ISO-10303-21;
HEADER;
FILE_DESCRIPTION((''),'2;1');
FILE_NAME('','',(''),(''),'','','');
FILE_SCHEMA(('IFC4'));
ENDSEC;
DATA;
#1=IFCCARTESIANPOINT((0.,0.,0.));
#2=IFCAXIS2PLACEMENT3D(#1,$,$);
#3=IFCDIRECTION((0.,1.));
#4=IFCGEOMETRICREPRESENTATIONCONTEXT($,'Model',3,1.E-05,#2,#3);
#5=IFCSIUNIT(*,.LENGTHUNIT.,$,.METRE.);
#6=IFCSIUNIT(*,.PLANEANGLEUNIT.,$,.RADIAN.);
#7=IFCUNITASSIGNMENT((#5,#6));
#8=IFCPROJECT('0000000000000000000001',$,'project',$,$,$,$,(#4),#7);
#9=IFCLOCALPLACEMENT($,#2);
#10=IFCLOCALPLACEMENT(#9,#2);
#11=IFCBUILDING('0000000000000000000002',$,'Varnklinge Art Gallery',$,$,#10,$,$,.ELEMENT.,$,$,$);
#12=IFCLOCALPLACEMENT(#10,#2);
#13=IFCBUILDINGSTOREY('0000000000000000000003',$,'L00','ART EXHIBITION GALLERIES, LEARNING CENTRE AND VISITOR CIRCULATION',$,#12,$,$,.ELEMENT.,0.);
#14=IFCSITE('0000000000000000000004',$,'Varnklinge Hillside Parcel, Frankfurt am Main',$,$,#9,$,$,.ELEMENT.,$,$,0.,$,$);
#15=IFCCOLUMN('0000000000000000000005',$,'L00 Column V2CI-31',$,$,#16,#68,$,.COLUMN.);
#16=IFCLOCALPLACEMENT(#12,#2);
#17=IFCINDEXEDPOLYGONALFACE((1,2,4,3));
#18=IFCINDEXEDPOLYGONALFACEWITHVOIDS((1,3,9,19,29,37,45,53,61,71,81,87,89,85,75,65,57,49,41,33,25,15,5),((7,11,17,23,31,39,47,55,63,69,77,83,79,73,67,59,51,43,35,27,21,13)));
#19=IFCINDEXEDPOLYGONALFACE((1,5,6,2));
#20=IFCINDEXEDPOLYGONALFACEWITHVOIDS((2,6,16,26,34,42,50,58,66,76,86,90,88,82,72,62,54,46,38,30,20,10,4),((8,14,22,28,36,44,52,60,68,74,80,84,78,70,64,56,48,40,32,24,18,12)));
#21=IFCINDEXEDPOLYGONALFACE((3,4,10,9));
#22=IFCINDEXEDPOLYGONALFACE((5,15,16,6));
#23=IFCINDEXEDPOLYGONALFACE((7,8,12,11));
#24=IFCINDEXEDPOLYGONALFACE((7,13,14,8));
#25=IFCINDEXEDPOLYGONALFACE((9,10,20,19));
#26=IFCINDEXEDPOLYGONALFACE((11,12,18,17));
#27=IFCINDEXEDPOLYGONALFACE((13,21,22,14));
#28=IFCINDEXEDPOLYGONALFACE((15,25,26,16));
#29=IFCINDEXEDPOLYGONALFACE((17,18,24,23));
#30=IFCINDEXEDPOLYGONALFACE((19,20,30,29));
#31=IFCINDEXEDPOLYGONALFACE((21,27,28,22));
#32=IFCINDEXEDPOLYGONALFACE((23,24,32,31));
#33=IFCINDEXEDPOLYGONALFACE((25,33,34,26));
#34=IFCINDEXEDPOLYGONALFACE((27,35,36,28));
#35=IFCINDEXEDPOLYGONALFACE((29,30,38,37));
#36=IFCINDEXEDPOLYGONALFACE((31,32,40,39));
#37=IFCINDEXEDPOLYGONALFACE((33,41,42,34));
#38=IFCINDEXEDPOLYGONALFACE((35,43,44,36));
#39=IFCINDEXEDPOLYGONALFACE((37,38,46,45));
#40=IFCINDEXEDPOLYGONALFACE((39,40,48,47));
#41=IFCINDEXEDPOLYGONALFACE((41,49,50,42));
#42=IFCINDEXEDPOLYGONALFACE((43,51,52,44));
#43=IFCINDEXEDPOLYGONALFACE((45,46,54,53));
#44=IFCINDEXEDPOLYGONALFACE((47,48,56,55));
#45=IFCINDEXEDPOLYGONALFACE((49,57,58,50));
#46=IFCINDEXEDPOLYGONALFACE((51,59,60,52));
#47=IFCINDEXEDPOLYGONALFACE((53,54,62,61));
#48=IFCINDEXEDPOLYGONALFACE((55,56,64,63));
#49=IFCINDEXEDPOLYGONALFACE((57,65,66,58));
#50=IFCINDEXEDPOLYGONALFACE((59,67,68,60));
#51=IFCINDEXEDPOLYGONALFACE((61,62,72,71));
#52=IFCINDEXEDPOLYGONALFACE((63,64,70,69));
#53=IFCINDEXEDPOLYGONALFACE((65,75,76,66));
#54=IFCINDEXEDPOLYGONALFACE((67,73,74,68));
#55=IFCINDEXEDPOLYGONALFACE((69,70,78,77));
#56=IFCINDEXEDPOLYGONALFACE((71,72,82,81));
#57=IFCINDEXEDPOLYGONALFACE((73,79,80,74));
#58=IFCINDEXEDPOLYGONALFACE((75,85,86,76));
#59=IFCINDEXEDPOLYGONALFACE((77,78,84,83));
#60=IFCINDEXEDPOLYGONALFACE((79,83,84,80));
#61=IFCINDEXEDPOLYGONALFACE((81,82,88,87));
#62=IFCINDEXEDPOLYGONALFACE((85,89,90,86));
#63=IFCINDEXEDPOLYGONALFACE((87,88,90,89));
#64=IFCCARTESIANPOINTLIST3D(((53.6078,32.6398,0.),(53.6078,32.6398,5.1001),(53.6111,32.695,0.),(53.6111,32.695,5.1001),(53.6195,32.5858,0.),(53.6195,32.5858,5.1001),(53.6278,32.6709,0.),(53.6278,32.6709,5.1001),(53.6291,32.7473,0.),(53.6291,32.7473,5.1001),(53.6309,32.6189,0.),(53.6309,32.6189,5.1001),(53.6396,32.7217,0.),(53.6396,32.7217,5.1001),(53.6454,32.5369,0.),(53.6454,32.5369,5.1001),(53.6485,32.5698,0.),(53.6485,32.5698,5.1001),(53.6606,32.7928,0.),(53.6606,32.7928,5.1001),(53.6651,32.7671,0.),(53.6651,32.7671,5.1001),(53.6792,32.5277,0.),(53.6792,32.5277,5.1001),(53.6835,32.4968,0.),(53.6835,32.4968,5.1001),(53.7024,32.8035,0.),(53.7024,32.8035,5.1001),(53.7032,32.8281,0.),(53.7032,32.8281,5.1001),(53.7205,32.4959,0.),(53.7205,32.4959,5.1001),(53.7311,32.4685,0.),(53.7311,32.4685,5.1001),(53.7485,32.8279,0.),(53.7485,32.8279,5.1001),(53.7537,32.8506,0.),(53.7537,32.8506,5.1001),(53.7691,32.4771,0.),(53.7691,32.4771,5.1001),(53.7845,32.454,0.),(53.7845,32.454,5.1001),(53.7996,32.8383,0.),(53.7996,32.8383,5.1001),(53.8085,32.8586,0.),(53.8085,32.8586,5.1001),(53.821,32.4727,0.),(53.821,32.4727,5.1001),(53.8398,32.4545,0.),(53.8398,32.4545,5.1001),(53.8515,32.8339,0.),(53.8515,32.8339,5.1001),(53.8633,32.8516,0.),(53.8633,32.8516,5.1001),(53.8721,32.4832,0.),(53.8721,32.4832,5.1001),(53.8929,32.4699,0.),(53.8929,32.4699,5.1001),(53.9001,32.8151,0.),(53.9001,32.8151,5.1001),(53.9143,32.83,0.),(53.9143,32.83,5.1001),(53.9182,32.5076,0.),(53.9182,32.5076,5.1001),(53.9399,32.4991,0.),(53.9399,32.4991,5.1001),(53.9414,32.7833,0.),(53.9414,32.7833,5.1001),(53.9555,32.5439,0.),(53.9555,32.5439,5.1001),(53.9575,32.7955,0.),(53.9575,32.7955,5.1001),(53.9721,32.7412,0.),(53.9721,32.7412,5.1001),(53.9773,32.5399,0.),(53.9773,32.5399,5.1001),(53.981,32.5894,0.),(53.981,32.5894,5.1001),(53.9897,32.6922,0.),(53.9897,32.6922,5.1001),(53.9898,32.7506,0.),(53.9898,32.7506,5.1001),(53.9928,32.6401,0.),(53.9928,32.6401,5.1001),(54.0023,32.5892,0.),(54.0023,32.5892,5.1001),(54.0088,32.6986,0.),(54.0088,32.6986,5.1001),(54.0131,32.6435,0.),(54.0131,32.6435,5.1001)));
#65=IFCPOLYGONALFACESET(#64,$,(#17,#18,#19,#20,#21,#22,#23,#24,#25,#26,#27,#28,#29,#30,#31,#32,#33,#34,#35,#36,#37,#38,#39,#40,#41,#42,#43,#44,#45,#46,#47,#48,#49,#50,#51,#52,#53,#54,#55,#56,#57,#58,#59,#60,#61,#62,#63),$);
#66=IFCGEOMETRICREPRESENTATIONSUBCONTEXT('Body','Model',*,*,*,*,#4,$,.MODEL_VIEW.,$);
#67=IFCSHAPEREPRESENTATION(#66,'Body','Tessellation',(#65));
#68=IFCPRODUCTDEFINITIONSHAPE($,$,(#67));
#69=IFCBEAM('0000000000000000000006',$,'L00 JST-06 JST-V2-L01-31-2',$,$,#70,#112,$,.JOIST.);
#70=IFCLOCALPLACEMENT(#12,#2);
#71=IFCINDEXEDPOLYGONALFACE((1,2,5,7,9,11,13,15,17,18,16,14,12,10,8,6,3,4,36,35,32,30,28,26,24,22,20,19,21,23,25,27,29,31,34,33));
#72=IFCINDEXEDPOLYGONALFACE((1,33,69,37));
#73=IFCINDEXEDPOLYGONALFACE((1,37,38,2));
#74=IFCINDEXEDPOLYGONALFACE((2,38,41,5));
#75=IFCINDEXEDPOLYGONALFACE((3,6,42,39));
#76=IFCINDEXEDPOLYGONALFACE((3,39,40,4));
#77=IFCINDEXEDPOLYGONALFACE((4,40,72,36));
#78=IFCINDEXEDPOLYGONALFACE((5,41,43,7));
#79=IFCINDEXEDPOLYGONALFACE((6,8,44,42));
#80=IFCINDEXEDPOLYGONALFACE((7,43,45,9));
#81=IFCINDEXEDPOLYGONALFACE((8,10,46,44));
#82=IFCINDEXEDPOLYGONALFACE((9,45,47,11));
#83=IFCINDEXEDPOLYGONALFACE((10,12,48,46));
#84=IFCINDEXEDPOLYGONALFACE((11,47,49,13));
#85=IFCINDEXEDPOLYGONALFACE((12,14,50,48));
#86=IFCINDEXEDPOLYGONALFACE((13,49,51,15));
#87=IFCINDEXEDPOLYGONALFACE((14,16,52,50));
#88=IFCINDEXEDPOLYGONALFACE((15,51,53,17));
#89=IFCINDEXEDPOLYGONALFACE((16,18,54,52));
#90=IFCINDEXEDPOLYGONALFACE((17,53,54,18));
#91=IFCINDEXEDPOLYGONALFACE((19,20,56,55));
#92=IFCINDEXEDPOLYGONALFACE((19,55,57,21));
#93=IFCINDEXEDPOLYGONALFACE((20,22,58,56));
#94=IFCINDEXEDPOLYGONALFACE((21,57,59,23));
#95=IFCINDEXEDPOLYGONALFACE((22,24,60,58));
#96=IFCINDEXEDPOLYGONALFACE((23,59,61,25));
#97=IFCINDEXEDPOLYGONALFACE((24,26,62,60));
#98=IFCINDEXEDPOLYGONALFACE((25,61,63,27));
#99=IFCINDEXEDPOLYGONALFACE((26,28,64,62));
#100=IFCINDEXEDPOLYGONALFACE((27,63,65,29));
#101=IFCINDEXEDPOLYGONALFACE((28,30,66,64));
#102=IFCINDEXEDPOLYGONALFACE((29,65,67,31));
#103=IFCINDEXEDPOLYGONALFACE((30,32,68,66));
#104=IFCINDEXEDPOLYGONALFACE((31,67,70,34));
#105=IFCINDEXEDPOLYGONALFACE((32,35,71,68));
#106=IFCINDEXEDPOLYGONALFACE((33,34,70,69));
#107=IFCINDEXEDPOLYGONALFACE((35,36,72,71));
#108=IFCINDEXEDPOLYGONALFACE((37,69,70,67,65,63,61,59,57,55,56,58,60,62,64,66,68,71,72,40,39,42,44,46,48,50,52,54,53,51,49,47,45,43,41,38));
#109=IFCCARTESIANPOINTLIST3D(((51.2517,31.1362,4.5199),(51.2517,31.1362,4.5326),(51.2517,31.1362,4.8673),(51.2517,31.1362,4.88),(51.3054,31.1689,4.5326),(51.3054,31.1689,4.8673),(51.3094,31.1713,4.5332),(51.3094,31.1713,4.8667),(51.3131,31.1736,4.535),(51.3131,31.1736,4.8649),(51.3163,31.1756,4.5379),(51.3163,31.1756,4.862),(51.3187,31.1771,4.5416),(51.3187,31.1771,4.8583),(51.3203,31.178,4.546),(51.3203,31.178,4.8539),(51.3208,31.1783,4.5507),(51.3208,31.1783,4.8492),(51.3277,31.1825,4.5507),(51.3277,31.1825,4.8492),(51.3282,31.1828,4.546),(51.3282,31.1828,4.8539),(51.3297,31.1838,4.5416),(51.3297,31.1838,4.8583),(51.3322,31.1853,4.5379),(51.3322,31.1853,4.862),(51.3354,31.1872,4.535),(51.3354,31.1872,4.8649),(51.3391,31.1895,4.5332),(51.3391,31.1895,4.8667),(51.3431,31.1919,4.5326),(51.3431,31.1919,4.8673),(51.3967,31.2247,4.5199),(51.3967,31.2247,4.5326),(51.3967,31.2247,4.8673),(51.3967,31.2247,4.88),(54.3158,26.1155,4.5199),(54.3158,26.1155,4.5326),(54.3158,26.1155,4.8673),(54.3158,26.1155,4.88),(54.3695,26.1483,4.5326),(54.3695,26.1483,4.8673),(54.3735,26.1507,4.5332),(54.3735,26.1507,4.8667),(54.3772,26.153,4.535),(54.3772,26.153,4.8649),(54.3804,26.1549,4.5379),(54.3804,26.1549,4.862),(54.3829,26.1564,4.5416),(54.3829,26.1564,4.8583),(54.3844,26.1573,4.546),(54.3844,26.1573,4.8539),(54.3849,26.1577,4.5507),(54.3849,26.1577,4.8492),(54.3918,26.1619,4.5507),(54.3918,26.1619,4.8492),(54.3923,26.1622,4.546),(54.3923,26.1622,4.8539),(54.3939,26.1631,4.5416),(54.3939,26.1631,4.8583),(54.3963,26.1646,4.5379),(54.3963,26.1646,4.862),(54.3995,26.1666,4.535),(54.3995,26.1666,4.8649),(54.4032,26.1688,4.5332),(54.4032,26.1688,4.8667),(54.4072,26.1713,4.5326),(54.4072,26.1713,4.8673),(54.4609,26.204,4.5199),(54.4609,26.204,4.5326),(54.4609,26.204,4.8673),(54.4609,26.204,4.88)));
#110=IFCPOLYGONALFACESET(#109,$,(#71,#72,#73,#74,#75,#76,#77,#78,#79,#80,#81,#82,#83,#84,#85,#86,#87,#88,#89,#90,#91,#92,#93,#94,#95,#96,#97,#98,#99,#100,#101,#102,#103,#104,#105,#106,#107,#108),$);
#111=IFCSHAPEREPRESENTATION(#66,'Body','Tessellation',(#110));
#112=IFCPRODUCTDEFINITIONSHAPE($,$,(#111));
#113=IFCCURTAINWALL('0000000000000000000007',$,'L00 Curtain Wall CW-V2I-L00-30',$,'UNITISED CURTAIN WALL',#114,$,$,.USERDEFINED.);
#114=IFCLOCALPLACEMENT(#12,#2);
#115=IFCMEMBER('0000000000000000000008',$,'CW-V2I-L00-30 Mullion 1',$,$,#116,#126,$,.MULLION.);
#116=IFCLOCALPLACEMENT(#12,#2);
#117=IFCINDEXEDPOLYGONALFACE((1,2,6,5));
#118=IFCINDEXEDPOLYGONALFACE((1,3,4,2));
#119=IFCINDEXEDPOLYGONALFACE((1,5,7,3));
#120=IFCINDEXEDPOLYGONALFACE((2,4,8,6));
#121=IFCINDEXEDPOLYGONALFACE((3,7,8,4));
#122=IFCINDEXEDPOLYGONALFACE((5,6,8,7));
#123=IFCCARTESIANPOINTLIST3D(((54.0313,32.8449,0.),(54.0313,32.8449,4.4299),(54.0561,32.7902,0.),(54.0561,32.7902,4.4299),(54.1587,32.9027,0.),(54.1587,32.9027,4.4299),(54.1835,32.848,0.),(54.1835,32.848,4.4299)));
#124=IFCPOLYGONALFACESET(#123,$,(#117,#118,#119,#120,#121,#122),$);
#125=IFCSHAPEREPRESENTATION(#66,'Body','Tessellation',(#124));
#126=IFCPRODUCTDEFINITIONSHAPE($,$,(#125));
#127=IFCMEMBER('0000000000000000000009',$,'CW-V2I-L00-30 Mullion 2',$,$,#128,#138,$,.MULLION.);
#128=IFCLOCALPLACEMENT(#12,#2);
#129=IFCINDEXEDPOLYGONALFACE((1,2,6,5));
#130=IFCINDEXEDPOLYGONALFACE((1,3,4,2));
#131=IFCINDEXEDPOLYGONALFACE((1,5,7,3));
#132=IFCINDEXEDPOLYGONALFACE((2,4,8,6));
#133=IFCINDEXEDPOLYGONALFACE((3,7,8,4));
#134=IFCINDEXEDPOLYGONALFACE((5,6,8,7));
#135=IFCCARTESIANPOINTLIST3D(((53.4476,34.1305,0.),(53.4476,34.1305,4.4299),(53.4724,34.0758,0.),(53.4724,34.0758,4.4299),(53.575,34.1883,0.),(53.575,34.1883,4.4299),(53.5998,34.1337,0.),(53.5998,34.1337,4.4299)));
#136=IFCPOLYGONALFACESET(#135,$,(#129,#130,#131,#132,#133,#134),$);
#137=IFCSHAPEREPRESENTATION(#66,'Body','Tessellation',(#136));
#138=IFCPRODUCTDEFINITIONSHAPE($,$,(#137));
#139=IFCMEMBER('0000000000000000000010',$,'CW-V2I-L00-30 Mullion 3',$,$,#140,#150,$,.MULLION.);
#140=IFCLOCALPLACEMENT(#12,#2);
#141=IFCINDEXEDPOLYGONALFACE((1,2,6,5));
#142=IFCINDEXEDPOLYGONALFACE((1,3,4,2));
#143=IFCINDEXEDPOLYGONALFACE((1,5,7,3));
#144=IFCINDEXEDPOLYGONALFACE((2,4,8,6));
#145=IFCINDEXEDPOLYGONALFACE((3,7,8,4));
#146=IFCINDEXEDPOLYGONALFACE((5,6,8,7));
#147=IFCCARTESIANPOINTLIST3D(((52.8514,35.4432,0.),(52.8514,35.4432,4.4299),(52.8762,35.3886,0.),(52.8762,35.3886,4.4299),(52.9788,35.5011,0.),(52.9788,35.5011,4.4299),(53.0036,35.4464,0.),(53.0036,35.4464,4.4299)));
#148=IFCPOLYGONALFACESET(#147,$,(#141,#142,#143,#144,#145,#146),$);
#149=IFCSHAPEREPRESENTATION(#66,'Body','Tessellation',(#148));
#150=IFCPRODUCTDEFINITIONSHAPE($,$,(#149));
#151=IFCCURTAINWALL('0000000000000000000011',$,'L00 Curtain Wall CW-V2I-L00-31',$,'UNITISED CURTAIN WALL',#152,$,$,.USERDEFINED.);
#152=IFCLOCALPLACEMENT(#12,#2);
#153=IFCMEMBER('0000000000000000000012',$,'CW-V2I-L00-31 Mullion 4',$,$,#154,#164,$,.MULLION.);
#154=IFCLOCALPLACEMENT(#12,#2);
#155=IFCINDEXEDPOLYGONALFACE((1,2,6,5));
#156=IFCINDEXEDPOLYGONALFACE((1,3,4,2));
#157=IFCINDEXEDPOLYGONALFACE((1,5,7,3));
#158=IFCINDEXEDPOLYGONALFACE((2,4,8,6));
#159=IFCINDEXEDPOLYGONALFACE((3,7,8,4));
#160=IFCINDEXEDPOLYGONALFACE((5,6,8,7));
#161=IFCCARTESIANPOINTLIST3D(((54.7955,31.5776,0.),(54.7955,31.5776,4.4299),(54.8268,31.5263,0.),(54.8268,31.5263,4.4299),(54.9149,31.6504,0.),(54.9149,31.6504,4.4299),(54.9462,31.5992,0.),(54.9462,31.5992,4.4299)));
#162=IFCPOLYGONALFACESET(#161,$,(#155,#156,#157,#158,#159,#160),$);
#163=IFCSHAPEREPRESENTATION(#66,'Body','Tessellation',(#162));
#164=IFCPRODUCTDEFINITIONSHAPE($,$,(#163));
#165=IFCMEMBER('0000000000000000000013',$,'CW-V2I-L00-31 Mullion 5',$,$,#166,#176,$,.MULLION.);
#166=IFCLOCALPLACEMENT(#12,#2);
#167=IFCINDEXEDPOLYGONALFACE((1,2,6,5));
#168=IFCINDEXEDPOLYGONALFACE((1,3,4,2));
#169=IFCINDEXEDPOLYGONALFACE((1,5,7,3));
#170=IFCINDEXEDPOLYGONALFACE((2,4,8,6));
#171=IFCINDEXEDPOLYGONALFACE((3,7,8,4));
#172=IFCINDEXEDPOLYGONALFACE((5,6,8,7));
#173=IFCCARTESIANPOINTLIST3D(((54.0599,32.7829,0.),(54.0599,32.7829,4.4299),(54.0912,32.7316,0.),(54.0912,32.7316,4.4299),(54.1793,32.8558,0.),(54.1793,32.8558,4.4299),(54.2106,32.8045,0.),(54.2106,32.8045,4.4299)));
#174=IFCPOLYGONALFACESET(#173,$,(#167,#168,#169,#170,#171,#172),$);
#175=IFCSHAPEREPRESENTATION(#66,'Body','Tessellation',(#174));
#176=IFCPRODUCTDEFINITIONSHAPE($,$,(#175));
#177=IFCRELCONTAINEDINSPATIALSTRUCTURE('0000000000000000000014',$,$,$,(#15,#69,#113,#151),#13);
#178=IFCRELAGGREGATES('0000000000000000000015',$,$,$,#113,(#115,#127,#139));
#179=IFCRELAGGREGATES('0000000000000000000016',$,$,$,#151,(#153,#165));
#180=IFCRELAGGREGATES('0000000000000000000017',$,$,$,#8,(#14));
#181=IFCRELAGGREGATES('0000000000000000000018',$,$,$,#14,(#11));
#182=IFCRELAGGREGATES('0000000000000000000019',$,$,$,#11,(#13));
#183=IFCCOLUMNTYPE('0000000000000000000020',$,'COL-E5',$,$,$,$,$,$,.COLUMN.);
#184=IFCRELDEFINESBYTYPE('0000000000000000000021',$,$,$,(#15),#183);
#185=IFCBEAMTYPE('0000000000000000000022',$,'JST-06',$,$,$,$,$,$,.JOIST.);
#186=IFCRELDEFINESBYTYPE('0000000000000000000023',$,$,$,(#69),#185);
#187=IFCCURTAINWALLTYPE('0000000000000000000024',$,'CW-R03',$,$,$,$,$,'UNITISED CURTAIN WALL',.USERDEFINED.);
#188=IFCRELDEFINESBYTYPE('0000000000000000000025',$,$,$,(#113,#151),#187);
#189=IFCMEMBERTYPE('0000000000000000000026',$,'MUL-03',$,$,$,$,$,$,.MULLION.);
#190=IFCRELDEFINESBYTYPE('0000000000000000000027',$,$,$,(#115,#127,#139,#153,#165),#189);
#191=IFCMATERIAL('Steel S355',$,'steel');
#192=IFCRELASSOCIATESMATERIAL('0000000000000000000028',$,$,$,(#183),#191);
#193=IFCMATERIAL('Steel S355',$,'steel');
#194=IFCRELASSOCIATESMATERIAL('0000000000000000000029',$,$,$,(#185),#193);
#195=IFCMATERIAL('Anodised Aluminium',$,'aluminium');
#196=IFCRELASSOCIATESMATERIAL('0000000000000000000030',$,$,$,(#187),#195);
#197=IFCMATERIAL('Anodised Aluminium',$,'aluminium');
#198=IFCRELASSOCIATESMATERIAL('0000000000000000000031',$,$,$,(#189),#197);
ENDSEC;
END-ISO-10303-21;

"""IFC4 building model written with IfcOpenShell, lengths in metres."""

from ifc_helpers import new_model, si_unit, direction, frame, origin, origin_2d, place, context, subcontext, project, spatial, rectangle, hollow_circle, i_section, extrude, material, material_profile, profile_set, type_object, element, aggregate, save


model = new_model("IFC4")

# Units and contexts
model_context = context("Model", 3, precision=1e-05, world=origin(), true_north=direction((0.0, 1.0)))
body_context = subcontext(model_context, "Body", "Model", "MODEL_VIEW")
ifc_project = project(units=[si_unit("LENGTHUNIT", "METRE"), si_unit("PLANEANGLEUNIT", "RADIAN")], contexts=[model_context])

# Site, building, storey
site_placement = place(None, origin())
site = spatial("IfcSite", under=ifc_project, at=site_placement, Name="Varnklinge Hillside Parcel, Frankfurt am Main", CompositionType="ELEMENT", RefElevation=0.0)
building_placement = place(site_placement, origin())
building = spatial("IfcBuilding", under=site, at=building_placement, Name="Varnklinge Art Gallery", CompositionType="ELEMENT")
storey_placement = place(building_placement, origin())
storey = spatial("IfcBuildingStorey", under=building, at=storey_placement, Name="L00", Description="ART EXHIBITION GALLERIES, LEARNING CENTRE AND VISITOR CIRCULATION", CompositionType="ELEMENT", Elevation=0.0)

# Column
ifc_material_1 = material(Name="Steel S355", Category="steel")
ifc_material_profile_1 = material_profile(ifc_material_1, hollow_circle(Radius=0.2031, WallThickness=0.02, at=origin_2d()), Name="CHS 406.4x20")
ifc_profile_set_1 = profile_set([ifc_material_profile_1], Name="Steel S355")
column_type = type_object("IfcColumnType", Name="COL-E5", PredefinedType="COLUMN", material=ifc_profile_set_1)
column_placement = place(storey_placement, frame((53.8103, 32.6555, 0.0), z_axis=(0.0, 0.0, 1.0), x_axis=(0.883684, 0.468084, 0.0)))
element("IfcColumn", 1, at=column_placement, inside=storey, type_object=column_type, Name="L00 Column V2CI-31", PredefinedType="COLUMN", context=body_context, shape_type="SweptSolid", body=[
    extrude(hollow_circle(Radius=0.2031, WallThickness=0.02, at=origin_2d()), origin(), (0.0, 0.0, 1.0), 5.1001),
])

# Beam
ifc_material_2 = material(Name="Steel S355", Category="steel")
ifc_material_profile_2 = material_profile(ifc_material_2, i_section(OverallWidth=0.1699, OverallDepth=0.3601, WebThickness=0.0081, FlangeThickness=0.0127, FilletRadius=0.0181, at=origin_2d()), Name="IPE 360")
ifc_profile_set_2 = profile_set([ifc_material_profile_2], Name="Steel S355")
beam_type_1 = type_object("IfcBeamType", Name="JST-06", PredefinedType="JOIST", material=ifc_profile_set_2)
beam_1_placement = place(storey_placement, frame((51.3242, 31.1804, 4.7), z_axis=(0.520951, -0.853586, 0.0), x_axis=(0.853586, 0.520951, 0.0)))
element("IfcBeam", 2, at=beam_1_placement, inside=storey, type_object=beam_type_1, Name="L00 JST-06 JST-V2-L01-31-2", PredefinedType="JOIST", context=body_context, shape_type="SweptSolid", body=[
    extrude(i_section(OverallWidth=0.1699, OverallDepth=0.3601, WebThickness=0.0081, FlangeThickness=0.0127, FilletRadius=0.0181, at=origin_2d()), origin(), (0.0, 0.0, 1.0), 5.8818),
])

# Curtain walls, members
ifc_material_3 = material(Name="Anodised Aluminium", Category="aluminium")
curtain_wall_type = type_object("IfcCurtainWallType", Name="CW-R03", ElementType="UNITISED CURTAIN WALL", PredefinedType="USERDEFINED", material=ifc_material_3)
curtain_wall_1_placement = place(storey_placement, origin())
curtain_wall_1 = element("IfcCurtainWall", 3, at=curtain_wall_1_placement, inside=storey, type_object=curtain_wall_type, Name="L00 Curtain Wall CW-V2I-L00-30", ObjectType="UNITISED CURTAIN WALL", PredefinedType="USERDEFINED")
ifc_material_4 = material(Name="Anodised Aluminium", Category="aluminium")
ifc_material_profile_3 = material_profile(ifc_material_4, rectangle(XDim=0.0601, YDim=0.1399, at=origin_2d()), Name="ALU 60x140")
ifc_profile_set_3 = profile_set([ifc_material_profile_3], Name="Anodised Aluminium")
member_type_1 = type_object("IfcMemberType", Name="MUL-03", PredefinedType="MULLION", material=ifc_profile_set_3)
member_1_placement = place(storey_placement, frame((54.1074, 32.8464, 0.0), z_axis=(0.0, 0.0, 1.0), x_axis=(-0.413422, 0.910539, 0.0)))
member_1 = element("IfcMember", 4, at=member_1_placement, type_object=member_type_1, Name="CW-V2I-L00-30 Mullion 1", PredefinedType="MULLION", context=body_context, shape_type="SweptSolid", body=[
    extrude(rectangle(XDim=0.0601, YDim=0.1399, at=origin_2d()), origin(), (0.0, 0.0, 1.0), 4.4299),
])
member_2_placement = place(storey_placement, frame((53.5237, 34.1321, 0.0), z_axis=(0.0, 0.0, 1.0), x_axis=(-0.413422, 0.910539, 0.0)))
member_2 = element("IfcMember", 5, at=member_2_placement, type_object=member_type_1, Name="CW-V2I-L00-30 Mullion 2", PredefinedType="MULLION", context=body_context, shape_type="SweptSolid", body=[
    extrude(rectangle(XDim=0.0601, YDim=0.1399, at=origin_2d()), origin(), (0.0, 0.0, 1.0), 4.4299),
])
member_3_placement = place(storey_placement, frame((52.9275, 35.4448, 0.0), z_axis=(0.0, 0.0, 1.0), x_axis=(-0.413422, 0.910539, 0.0)))
member_3 = element("IfcMember", 6, at=member_3_placement, type_object=member_type_1, Name="CW-V2I-L00-30 Mullion 3", PredefinedType="MULLION", context=body_context, shape_type="SweptSolid", body=[
    extrude(rectangle(XDim=0.0601, YDim=0.1399, at=origin_2d()), origin(), (0.0, 0.0, 1.0), 4.4299),
])
curtain_wall_2_placement = place(storey_placement, origin())
curtain_wall_2 = element("IfcCurtainWall", 7, at=curtain_wall_2_placement, inside=storey, type_object=curtain_wall_type, Name="L00 Curtain Wall CW-V2I-L00-31", ObjectType="UNITISED CURTAIN WALL", PredefinedType="USERDEFINED")
member_4_placement = place(storey_placement, frame((54.8708, 31.5884, 0.0), z_axis=(0.0, 0.0, 1.0), x_axis=(-0.520861, 0.853642, 0.0)))
member_4 = element("IfcMember", 8, at=member_4_placement, type_object=member_type_1, Name="CW-V2I-L00-31 Mullion 4", PredefinedType="MULLION", context=body_context, shape_type="SweptSolid", body=[
    extrude(rectangle(XDim=0.0601, YDim=0.1399, at=origin_2d()), origin(), (0.0, 0.0, 1.0), 4.4299),
])
member_5_placement = place(storey_placement, frame((54.1353, 32.7937, 0.0), z_axis=(0.0, 0.0, 1.0), x_axis=(-0.520861, 0.853642, 0.0)))
member_5 = element("IfcMember", 9, at=member_5_placement, type_object=member_type_1, Name="CW-V2I-L00-31 Mullion 5", PredefinedType="MULLION", context=body_context, shape_type="SweptSolid", body=[
    extrude(rectangle(XDim=0.0601, YDim=0.1399, at=origin_2d()), origin(), (0.0, 0.0, 1.0), 4.4299),
])

aggregate(curtain_wall_1, [member_1, member_2, member_3])
aggregate(curtain_wall_2, [member_4, member_5])

save(model, "model.ifc")
